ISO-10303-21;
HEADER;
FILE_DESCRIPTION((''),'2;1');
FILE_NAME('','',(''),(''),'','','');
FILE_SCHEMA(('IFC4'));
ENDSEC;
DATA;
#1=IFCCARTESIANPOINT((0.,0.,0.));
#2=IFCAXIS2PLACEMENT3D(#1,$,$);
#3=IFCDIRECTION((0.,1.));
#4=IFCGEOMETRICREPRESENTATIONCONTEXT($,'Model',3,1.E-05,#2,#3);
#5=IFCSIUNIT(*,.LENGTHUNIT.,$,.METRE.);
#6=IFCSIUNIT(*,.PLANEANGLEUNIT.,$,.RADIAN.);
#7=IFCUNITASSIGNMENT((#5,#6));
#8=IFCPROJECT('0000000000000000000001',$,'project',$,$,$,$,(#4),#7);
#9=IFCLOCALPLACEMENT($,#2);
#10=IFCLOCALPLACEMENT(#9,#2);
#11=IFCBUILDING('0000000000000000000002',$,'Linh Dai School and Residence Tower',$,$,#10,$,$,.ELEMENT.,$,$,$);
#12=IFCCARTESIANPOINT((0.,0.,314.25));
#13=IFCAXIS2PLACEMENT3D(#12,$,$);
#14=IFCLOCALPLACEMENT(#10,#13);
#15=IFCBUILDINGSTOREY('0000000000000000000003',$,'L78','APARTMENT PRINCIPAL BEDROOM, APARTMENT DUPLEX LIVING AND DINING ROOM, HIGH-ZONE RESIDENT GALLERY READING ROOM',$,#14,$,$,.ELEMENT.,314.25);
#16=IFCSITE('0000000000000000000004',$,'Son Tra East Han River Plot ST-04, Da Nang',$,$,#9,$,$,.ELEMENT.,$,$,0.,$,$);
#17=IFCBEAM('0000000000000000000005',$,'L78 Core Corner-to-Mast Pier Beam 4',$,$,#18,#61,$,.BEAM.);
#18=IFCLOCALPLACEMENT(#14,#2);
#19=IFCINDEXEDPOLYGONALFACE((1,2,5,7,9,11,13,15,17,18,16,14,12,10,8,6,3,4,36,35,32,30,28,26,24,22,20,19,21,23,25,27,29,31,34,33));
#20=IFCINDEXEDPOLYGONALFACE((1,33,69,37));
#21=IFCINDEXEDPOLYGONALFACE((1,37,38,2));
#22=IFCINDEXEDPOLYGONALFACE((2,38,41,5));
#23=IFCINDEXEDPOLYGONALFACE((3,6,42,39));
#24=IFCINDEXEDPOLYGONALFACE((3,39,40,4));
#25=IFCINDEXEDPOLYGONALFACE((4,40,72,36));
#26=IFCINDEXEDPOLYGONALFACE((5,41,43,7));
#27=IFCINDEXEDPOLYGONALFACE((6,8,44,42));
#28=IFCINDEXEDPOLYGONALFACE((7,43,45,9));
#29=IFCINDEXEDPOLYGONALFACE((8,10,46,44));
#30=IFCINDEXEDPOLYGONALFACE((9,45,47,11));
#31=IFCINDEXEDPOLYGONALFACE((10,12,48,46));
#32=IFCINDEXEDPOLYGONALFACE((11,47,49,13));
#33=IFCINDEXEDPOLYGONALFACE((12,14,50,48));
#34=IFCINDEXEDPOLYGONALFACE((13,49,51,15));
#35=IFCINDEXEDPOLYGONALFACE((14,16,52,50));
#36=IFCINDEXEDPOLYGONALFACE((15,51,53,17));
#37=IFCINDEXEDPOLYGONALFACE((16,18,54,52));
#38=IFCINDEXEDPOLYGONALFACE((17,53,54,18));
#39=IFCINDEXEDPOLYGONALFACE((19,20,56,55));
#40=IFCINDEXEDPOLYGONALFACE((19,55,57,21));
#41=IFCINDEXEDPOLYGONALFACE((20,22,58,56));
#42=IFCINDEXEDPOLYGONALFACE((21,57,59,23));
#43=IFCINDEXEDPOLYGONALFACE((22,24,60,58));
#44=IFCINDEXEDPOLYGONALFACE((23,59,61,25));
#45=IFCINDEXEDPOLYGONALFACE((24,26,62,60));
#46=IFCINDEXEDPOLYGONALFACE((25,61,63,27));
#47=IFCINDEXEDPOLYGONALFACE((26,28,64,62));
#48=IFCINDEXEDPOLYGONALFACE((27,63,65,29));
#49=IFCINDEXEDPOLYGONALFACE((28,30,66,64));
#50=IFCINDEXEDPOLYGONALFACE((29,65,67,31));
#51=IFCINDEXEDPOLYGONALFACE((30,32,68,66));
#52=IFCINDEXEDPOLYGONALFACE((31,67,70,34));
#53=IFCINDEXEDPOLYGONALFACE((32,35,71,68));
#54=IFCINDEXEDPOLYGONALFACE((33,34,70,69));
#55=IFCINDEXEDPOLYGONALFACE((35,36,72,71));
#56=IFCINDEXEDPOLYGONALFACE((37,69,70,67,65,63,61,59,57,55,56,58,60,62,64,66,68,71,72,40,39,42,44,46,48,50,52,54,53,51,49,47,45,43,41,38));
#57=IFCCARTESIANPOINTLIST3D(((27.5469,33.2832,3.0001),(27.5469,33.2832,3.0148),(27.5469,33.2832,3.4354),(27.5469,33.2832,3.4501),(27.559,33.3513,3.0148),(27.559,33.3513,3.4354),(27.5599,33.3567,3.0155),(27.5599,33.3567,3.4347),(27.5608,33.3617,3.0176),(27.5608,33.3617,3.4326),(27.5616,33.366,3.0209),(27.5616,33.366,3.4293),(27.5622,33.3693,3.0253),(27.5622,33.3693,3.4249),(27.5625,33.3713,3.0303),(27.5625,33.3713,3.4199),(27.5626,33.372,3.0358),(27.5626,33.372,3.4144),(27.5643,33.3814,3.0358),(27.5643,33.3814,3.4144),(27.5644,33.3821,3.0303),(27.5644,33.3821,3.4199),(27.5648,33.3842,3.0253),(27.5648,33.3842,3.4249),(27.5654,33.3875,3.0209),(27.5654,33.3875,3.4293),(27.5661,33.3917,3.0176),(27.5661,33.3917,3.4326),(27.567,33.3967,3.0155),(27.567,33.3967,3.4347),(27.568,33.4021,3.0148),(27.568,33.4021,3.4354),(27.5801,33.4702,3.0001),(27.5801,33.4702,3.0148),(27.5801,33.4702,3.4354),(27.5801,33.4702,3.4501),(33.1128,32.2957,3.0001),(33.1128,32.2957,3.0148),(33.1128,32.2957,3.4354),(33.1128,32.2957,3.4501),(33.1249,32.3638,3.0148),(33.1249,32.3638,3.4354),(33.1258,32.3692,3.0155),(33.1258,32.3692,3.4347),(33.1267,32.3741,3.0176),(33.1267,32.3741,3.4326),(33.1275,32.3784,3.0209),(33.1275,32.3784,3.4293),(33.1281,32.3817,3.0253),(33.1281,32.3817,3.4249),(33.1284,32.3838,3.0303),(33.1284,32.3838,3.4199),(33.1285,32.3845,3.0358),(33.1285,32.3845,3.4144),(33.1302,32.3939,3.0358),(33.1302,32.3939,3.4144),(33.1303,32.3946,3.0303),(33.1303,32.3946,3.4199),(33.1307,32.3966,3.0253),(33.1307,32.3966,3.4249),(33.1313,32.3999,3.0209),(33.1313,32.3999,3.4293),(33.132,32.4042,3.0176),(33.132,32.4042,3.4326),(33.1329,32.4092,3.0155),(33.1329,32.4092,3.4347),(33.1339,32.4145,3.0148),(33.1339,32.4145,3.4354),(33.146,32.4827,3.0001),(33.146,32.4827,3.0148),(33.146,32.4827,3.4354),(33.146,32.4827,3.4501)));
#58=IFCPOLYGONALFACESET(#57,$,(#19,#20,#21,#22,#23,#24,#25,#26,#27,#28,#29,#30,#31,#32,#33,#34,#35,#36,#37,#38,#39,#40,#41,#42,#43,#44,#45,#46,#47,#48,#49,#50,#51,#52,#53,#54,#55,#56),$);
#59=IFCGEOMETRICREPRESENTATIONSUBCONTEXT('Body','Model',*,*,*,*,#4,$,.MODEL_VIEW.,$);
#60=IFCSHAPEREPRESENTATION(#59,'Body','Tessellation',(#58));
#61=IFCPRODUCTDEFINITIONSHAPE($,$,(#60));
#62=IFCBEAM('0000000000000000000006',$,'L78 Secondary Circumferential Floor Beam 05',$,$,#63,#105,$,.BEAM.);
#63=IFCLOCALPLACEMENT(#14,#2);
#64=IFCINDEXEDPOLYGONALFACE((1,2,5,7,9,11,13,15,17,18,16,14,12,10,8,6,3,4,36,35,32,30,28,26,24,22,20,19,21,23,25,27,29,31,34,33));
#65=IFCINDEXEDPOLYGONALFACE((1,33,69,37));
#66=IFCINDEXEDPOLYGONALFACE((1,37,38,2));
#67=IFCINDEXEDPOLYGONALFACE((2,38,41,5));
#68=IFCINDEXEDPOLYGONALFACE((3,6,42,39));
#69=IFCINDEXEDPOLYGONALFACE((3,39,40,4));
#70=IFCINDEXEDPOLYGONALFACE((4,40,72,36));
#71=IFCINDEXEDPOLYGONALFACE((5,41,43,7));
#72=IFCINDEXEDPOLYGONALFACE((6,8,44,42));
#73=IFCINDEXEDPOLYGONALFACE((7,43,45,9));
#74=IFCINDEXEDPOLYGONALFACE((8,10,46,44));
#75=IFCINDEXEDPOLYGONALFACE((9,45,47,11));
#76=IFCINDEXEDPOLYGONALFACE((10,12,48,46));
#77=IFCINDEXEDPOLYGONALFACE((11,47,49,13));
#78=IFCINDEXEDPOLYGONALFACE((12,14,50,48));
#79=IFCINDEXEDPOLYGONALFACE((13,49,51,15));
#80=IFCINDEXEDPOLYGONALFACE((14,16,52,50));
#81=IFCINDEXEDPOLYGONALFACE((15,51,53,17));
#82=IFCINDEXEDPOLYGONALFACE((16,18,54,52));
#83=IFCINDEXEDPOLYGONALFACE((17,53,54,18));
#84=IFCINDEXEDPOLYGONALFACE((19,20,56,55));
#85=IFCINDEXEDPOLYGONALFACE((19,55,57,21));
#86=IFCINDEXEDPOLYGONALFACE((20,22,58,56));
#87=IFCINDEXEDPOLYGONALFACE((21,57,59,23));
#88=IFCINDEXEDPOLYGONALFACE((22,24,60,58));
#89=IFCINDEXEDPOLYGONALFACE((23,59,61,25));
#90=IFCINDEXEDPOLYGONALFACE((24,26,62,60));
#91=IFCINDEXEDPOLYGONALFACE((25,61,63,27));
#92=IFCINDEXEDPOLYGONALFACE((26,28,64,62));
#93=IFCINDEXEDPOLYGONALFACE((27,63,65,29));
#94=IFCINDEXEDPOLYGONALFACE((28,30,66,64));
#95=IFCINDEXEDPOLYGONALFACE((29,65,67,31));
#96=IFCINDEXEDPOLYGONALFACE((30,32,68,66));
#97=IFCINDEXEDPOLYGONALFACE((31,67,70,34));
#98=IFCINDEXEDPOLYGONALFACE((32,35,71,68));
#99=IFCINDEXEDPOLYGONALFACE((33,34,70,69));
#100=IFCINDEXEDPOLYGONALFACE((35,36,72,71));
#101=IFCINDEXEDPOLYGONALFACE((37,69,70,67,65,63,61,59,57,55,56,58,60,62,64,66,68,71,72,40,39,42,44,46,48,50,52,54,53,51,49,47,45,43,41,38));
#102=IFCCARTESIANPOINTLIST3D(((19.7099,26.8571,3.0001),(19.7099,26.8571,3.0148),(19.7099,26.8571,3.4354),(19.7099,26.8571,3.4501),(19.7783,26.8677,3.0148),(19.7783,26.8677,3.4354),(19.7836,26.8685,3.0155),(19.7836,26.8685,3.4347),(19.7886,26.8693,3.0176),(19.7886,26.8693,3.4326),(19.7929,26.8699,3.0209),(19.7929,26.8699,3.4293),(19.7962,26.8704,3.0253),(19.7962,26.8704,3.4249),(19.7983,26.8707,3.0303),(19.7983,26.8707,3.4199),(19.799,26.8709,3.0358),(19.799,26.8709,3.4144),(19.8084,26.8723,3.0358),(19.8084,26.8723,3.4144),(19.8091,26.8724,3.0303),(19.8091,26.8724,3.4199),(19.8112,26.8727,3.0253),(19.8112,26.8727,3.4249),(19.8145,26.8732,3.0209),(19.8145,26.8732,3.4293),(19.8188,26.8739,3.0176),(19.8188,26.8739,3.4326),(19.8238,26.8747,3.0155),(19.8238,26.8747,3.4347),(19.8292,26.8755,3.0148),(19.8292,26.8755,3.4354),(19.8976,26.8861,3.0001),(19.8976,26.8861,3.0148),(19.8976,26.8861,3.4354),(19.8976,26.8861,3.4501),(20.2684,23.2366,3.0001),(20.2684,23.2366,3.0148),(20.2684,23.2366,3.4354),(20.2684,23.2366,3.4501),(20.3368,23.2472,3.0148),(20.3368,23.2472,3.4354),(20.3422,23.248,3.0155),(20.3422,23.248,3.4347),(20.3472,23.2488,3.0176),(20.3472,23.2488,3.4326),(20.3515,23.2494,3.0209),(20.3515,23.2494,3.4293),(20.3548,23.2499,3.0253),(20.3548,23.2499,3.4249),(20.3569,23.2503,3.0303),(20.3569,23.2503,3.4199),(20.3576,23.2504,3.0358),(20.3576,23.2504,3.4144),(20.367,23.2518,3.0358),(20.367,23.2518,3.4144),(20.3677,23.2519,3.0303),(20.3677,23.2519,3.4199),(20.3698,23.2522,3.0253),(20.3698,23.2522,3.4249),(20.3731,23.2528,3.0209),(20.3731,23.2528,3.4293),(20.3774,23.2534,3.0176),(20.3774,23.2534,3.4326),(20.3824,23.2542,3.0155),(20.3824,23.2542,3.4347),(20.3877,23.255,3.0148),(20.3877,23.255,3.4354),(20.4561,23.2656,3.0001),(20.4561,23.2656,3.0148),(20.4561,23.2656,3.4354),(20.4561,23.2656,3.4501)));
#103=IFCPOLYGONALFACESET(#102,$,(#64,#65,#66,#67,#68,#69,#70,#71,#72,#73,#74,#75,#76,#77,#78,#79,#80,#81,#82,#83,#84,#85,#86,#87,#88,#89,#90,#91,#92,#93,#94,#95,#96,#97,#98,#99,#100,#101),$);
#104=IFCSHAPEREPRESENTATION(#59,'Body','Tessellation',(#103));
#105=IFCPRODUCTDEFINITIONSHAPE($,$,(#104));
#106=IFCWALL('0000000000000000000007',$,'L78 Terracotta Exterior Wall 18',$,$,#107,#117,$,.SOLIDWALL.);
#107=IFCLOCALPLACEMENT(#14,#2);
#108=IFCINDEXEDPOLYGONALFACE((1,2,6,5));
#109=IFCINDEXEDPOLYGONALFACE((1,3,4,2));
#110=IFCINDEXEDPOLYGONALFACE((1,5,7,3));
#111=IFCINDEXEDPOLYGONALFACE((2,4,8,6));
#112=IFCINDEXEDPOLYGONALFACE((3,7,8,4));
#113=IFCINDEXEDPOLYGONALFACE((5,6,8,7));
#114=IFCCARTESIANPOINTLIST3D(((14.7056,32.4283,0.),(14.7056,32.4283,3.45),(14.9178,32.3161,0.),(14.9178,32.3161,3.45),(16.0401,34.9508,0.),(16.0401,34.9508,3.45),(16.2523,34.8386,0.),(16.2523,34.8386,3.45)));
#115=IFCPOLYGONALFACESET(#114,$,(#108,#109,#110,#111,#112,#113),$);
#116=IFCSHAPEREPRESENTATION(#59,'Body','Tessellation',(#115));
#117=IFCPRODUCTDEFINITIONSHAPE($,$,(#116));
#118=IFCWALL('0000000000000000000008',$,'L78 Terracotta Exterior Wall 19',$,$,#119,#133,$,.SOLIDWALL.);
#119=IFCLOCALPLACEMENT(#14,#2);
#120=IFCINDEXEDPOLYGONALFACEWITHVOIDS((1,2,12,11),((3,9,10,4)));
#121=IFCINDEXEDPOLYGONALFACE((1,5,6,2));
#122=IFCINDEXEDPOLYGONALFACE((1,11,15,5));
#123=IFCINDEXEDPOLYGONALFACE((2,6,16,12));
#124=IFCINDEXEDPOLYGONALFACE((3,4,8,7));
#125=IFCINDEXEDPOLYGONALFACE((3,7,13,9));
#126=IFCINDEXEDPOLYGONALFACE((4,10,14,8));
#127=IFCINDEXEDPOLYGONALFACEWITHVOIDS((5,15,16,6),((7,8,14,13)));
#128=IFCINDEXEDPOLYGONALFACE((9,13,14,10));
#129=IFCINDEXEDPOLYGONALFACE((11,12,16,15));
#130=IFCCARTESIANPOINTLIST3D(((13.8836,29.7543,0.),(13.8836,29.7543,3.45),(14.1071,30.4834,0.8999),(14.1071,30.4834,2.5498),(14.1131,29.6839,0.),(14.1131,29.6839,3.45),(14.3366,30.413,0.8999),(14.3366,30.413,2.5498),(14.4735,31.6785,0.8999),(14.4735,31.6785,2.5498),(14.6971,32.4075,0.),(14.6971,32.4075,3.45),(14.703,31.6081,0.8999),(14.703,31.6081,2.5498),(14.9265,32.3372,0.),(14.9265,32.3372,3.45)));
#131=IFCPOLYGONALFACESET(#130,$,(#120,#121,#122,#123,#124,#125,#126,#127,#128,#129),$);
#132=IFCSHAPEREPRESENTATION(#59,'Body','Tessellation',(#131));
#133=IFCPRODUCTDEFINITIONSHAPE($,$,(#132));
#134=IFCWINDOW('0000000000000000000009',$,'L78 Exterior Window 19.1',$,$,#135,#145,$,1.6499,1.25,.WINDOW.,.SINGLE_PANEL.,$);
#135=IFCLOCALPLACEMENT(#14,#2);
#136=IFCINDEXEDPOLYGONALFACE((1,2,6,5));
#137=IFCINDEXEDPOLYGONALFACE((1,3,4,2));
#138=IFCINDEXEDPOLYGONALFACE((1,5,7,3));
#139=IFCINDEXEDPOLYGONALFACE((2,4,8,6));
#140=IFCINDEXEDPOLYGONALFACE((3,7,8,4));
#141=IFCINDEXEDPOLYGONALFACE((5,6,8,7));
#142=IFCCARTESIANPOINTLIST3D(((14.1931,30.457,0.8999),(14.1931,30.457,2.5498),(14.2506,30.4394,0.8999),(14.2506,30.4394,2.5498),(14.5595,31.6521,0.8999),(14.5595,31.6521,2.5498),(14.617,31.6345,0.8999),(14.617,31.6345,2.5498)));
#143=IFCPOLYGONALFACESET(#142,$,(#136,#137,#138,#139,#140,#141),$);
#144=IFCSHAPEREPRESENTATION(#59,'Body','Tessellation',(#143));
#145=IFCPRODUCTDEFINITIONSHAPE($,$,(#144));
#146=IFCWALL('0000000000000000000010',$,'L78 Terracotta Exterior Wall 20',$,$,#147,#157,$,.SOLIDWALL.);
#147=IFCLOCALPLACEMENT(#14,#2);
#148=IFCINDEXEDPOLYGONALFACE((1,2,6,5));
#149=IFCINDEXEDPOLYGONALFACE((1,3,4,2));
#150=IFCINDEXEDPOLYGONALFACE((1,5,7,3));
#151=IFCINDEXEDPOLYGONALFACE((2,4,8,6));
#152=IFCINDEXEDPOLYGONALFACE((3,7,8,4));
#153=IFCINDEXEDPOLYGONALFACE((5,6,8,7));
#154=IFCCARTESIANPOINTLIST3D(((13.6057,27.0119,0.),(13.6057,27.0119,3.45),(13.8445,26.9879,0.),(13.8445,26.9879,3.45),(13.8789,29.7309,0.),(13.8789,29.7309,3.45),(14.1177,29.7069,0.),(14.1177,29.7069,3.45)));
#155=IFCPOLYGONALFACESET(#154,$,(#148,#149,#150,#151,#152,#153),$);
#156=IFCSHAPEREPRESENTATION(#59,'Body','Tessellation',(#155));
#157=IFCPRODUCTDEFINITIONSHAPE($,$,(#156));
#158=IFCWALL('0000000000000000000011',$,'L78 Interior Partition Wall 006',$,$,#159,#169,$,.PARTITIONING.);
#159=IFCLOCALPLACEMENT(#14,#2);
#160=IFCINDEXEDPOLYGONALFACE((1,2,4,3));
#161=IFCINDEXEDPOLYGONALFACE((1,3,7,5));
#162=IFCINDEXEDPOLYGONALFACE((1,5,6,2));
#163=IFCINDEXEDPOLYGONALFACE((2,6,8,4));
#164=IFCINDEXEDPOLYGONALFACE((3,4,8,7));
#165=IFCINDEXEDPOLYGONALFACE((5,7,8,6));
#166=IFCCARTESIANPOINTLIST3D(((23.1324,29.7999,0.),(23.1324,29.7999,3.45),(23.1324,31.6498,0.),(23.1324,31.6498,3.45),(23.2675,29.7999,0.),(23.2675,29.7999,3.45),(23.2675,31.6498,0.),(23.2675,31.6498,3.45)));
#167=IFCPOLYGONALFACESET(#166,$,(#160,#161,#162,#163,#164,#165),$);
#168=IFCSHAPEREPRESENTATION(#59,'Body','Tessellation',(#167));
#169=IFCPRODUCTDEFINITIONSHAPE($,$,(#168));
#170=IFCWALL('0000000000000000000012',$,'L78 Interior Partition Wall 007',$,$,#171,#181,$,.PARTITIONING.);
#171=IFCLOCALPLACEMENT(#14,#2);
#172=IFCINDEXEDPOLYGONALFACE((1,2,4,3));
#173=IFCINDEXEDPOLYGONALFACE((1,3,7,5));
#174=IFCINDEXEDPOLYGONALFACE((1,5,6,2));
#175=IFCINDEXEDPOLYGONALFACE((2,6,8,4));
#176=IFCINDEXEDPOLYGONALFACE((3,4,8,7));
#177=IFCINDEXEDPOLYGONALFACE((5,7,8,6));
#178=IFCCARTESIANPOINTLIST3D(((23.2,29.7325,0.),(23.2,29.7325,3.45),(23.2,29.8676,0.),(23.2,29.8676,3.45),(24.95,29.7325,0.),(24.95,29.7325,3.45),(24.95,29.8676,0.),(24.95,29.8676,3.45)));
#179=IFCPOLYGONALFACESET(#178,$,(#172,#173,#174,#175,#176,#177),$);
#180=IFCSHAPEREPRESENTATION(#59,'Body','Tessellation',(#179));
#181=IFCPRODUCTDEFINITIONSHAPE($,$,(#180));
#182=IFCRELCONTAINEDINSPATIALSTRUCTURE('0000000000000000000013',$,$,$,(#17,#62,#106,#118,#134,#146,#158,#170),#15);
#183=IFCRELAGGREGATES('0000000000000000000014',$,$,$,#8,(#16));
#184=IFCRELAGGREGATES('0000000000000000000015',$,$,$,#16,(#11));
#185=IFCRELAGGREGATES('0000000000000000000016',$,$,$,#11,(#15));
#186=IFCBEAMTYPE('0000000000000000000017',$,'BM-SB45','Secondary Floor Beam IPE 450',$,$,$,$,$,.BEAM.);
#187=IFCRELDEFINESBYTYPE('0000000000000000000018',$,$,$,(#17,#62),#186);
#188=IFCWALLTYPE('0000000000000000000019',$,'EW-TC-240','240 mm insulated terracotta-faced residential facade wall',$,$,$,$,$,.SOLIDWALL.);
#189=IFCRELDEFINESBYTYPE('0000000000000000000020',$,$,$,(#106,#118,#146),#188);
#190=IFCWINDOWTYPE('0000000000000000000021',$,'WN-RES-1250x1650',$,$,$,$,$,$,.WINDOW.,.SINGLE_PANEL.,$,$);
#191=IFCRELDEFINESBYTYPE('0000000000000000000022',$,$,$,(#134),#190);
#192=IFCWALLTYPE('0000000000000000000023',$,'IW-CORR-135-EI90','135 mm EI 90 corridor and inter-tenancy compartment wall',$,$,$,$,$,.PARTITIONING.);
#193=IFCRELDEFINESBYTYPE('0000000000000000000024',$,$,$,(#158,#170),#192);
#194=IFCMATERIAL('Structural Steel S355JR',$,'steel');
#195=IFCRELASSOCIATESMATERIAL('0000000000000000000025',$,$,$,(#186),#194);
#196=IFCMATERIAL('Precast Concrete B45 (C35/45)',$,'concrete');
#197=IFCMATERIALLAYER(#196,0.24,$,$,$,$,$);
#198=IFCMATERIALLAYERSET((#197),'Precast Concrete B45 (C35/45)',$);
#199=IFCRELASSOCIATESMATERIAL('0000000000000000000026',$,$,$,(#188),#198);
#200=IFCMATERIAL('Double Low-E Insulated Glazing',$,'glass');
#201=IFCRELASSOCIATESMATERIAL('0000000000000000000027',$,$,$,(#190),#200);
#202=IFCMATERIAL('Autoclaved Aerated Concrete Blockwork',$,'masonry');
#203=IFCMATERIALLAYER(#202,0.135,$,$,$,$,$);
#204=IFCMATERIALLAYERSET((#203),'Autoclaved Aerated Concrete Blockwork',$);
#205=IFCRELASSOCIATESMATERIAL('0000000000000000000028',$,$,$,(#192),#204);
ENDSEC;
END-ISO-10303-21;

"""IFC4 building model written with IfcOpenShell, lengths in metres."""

from ifc_helpers import new_model, si_unit, direction, frame, frame_2d, origin, origin_2d, place, context, subcontext, project, spatial, rectangle, i_section, extrude, source, transform, mapped, material, layer, layer_set, material_profile, profile_set, type_object, element, fill, save


model = new_model("IFC4")

# Units and contexts
model_context = context("Model", 3, precision=1e-05, world=origin(), true_north=direction((0.0, 1.0)))
body_context = subcontext(model_context, "Body", "Model", "MODEL_VIEW")
ifc_project = project(units=[si_unit("LENGTHUNIT", "METRE"), si_unit("PLANEANGLEUNIT", "RADIAN")], contexts=[model_context])

# Site, building, storey
site_placement = place(None, origin())
site = spatial("IfcSite", under=ifc_project, at=site_placement, Name="Son Tra East Han River Plot ST-04, Da Nang", CompositionType="ELEMENT", RefElevation=0.0)
building_placement = place(site_placement, origin())
building = spatial("IfcBuilding", under=site, at=building_placement, Name="Linh Dai School and Residence Tower", CompositionType="ELEMENT")
storey_placement = place(building_placement, frame((0.0, 0.0, 314.25)))
storey = spatial("IfcBuildingStorey", under=building, at=storey_placement, Name="L78", Description="APARTMENT PRINCIPAL BEDROOM, APARTMENT DUPLEX LIVING AND DINING ROOM, HIGH-ZONE RESIDENT GALLERY READING ROOM", CompositionType="ELEMENT", Elevation=314.25)

# Shared definitions
ifc_material_1 = material(Name="Structural Steel S355JR", Category="steel")

# Beams
ifc_material_profile_1 = material_profile(ifc_material_1, i_section(OverallWidth=0.1899, OverallDepth=0.45, WebThickness=0.0095, FlangeThickness=0.0146, FilletRadius=0.021, at=origin_2d()), Name="IPE 450")
ifc_profile_set_1 = profile_set([ifc_material_profile_1], Name="Structural Steel S355JR")
beam_type_1 = type_object("IfcBeamType", Name="BM-SB45", Description="Secondary Floor Beam IPE 450", PredefinedType="BEAM", material=ifc_profile_set_1)
beam_1_placement = place(storey_placement, frame((27.5635, 33.3767, 3.2251), z_axis=(0.984622, -0.174699, 0.0), x_axis=(0.174699, 0.984622, 0.0)))
element("IfcBeam", 1, at=beam_1_placement, inside=storey, type_object=beam_type_1, Name="L78 Core Corner-to-Mast Pier Beam 4", PredefinedType="BEAM", context=body_context, shape_type="SweptSolid", body=[
    extrude(i_section(OverallWidth=0.1899, OverallDepth=0.45, WebThickness=0.0095, FlangeThickness=0.0146, FilletRadius=0.021, at=origin_2d()), origin(), (0.0, 0.0, 1.0), 5.6528),
])
beam_2_placement = place(storey_placement, frame((19.8037, 26.8716, 3.2251), z_axis=(0.152478, -0.988307, 0.0), x_axis=(0.988307, 0.152478, 0.0)))
element("IfcBeam", 2, at=beam_2_placement, inside=storey, type_object=beam_type_1, Name="L78 Secondary Circumferential Floor Beam 05", PredefinedType="BEAM", context=body_context, shape_type="SweptSolid", body=[
    extrude(i_section(OverallWidth=0.1899, OverallDepth=0.45, WebThickness=0.0095, FlangeThickness=0.0146, FilletRadius=0.021, at=origin_2d()), origin(), (0.0, 0.0, 1.0), 3.6633),
])

# Wall
ifc_material_2 = material(Name="Precast Concrete B45 (C35/45)", Category="concrete")
ifc_layer_1 = layer(ifc_material_2, 0.24)
ifc_layer_set_1 = layer_set([ifc_layer_1], Name="Precast Concrete B45 (C35/45)")
wall_type_1 = type_object("IfcWallType", Name="EW-TC-240", Description="240 mm insulated terracotta-faced residential facade wall", PredefinedType="SOLIDWALL", material=ifc_layer_set_1)
wall_1_placement = place(storey_placement, frame((14.8118, 32.3723, 0.0), z_axis=(0.0, 0.0, 1.0), x_axis=(0.467628, 0.883925, 0.0)))
element("IfcWall", 3, at=wall_1_placement, inside=storey, type_object=wall_type_1, Name="L78 Terracotta Exterior Wall 18", PredefinedType="SOLIDWALL", context=body_context, shape_type="SweptSolid", body=[
    extrude(rectangle(XDim=2.8538, YDim=0.24, at=frame_2d((1.4268, 0.0))), origin(), (0.0, 0.0, 1.0), 3.45),
])

# Wall, opening, window
wall_2_placement = place(storey_placement, frame((13.9983, 29.719, 0.0), z_axis=(0.0, 0.0, 1.0), x_axis=(0.293121, 0.956075, 0.0)))
wall_2 = element("IfcWall", 4, at=wall_2_placement, inside=storey, type_object=wall_type_1, Name="L78 Terracotta Exterior Wall 19", PredefinedType="SOLIDWALL", context=body_context, shape_type="SweptSolid", body=[
    extrude(rectangle(XDim=2.7751, YDim=0.24, at=frame_2d((1.3877, 0.0))), origin(), (0.0, 0.0, 1.0), 3.45),
])
opening_1_placement = place(wall_2_placement, frame((0.7627, 0.0, 0.8999)))
opening_1 = element("IfcOpeningElement", 5, at=opening_1_placement, cuts=wall_2, PredefinedType="OPENING", context=body_context, shape_type="SweptSolid", body=[
    extrude(rectangle(XDim=1.25, YDim=1.6499, at=origin_2d()), frame((0.625, 0.1299, 0.825), z_axis=(0.0, -1.0, 0.0), x_axis=(1.0, 0.0, 0.0)), (0.0, 0.0, 1.0), 0.26),
])
ifc_material_3 = material(Name="Double Low-E Insulated Glazing", Category="glass")
window_type = type_object("IfcWindowType", Name="WN-RES-1250x1650", PartitioningType="SINGLE_PANEL", PredefinedType="WINDOW", material=ifc_material_3)
shared_shape_1 = source(origin(), body_context, "Body", "SweptSolid", [
    extrude(rectangle(XDim=1.25, YDim=1.6499, at=origin_2d()), frame((0.625, 0.03, 0.825), z_axis=(0.0, -1.0, 0.0), x_axis=(1.0, 0.0, 0.0)), (0.0, 0.0, 1.0), 0.0601),
])
window_placement = place(opening_1_placement, origin())
window = element("IfcWindow", 6, at=window_placement, inside=storey, type_object=window_type, Name="L78 Exterior Window 19.1", OverallHeight=1.6499, OverallWidth=1.25, PartitioningType="SINGLE_PANEL", PredefinedType="WINDOW", context=body_context, shape_type="MappedRepresentation", body=[
    mapped(shared_shape_1, transform((0.0, 0.0, 0.0), x_axis=(1.0, 0.0, 0.0), y_axis=(0.0, 1.0, 0.0), z_axis=(0.0, 0.0, 1.0), scale=1.0)),
])
fill(opening_1, window)

# Walls
wall_3_placement = place(storey_placement, frame((13.7251, 27.0, 0.0), z_axis=(0.0, 0.0, 1.0), x_axis=(0.099973, 0.99499, 0.0)))
element("IfcWall", 7, at=wall_3_placement, inside=storey, type_object=wall_type_1, Name="L78 Terracotta Exterior Wall 20", PredefinedType="SOLIDWALL", context=body_context, shape_type="SweptSolid", body=[
    extrude(rectangle(XDim=2.7327, YDim=0.24, at=frame_2d((1.3662, 0.0))), origin(), (0.0, 0.0, 1.0), 3.45),
])
ifc_material_4 = material(Name="Autoclaved Aerated Concrete Blockwork", Category="masonry")
ifc_layer_2 = layer(ifc_material_4, 0.135)
ifc_layer_set_2 = layer_set([ifc_layer_2], Name="Autoclaved Aerated Concrete Blockwork")
wall_type_2 = type_object("IfcWallType", Name="IW-CORR-135-EI90", Description="135 mm EI 90 corridor and inter-tenancy compartment wall", PredefinedType="PARTITIONING", material=ifc_layer_set_2)
wall_4_placement = place(storey_placement, frame((23.2, 29.8, 0.0), z_axis=(0.0, 0.0, 1.0), x_axis=(0.0, 1.0, 0.0)))
element("IfcWall", 8, at=wall_4_placement, inside=storey, type_object=wall_type_2, Name="L78 Interior Partition Wall 006", PredefinedType="PARTITIONING", context=body_context, shape_type="SweptSolid", body=[
    extrude(rectangle(XDim=1.8499, YDim=0.135, at=frame_2d((0.9248, 0.0))), origin(), (0.0, 0.0, 1.0), 3.45),
])
wall_5_placement = place(storey_placement, frame((23.2, 29.8, 0.0), z_axis=(0.0, 0.0, 1.0), x_axis=(1.0, 0.0, 0.0)))
element("IfcWall", 9, at=wall_5_placement, inside=storey, type_object=wall_type_2, Name="L78 Interior Partition Wall 007", PredefinedType="PARTITIONING", context=body_context, shape_type="SweptSolid", body=[
    extrude(rectangle(XDim=1.75, YDim=0.135, at=frame_2d((0.875, 0.0))), origin(), (0.0, 0.0, 1.0), 3.45),
])

save(model, "model.ifc")
